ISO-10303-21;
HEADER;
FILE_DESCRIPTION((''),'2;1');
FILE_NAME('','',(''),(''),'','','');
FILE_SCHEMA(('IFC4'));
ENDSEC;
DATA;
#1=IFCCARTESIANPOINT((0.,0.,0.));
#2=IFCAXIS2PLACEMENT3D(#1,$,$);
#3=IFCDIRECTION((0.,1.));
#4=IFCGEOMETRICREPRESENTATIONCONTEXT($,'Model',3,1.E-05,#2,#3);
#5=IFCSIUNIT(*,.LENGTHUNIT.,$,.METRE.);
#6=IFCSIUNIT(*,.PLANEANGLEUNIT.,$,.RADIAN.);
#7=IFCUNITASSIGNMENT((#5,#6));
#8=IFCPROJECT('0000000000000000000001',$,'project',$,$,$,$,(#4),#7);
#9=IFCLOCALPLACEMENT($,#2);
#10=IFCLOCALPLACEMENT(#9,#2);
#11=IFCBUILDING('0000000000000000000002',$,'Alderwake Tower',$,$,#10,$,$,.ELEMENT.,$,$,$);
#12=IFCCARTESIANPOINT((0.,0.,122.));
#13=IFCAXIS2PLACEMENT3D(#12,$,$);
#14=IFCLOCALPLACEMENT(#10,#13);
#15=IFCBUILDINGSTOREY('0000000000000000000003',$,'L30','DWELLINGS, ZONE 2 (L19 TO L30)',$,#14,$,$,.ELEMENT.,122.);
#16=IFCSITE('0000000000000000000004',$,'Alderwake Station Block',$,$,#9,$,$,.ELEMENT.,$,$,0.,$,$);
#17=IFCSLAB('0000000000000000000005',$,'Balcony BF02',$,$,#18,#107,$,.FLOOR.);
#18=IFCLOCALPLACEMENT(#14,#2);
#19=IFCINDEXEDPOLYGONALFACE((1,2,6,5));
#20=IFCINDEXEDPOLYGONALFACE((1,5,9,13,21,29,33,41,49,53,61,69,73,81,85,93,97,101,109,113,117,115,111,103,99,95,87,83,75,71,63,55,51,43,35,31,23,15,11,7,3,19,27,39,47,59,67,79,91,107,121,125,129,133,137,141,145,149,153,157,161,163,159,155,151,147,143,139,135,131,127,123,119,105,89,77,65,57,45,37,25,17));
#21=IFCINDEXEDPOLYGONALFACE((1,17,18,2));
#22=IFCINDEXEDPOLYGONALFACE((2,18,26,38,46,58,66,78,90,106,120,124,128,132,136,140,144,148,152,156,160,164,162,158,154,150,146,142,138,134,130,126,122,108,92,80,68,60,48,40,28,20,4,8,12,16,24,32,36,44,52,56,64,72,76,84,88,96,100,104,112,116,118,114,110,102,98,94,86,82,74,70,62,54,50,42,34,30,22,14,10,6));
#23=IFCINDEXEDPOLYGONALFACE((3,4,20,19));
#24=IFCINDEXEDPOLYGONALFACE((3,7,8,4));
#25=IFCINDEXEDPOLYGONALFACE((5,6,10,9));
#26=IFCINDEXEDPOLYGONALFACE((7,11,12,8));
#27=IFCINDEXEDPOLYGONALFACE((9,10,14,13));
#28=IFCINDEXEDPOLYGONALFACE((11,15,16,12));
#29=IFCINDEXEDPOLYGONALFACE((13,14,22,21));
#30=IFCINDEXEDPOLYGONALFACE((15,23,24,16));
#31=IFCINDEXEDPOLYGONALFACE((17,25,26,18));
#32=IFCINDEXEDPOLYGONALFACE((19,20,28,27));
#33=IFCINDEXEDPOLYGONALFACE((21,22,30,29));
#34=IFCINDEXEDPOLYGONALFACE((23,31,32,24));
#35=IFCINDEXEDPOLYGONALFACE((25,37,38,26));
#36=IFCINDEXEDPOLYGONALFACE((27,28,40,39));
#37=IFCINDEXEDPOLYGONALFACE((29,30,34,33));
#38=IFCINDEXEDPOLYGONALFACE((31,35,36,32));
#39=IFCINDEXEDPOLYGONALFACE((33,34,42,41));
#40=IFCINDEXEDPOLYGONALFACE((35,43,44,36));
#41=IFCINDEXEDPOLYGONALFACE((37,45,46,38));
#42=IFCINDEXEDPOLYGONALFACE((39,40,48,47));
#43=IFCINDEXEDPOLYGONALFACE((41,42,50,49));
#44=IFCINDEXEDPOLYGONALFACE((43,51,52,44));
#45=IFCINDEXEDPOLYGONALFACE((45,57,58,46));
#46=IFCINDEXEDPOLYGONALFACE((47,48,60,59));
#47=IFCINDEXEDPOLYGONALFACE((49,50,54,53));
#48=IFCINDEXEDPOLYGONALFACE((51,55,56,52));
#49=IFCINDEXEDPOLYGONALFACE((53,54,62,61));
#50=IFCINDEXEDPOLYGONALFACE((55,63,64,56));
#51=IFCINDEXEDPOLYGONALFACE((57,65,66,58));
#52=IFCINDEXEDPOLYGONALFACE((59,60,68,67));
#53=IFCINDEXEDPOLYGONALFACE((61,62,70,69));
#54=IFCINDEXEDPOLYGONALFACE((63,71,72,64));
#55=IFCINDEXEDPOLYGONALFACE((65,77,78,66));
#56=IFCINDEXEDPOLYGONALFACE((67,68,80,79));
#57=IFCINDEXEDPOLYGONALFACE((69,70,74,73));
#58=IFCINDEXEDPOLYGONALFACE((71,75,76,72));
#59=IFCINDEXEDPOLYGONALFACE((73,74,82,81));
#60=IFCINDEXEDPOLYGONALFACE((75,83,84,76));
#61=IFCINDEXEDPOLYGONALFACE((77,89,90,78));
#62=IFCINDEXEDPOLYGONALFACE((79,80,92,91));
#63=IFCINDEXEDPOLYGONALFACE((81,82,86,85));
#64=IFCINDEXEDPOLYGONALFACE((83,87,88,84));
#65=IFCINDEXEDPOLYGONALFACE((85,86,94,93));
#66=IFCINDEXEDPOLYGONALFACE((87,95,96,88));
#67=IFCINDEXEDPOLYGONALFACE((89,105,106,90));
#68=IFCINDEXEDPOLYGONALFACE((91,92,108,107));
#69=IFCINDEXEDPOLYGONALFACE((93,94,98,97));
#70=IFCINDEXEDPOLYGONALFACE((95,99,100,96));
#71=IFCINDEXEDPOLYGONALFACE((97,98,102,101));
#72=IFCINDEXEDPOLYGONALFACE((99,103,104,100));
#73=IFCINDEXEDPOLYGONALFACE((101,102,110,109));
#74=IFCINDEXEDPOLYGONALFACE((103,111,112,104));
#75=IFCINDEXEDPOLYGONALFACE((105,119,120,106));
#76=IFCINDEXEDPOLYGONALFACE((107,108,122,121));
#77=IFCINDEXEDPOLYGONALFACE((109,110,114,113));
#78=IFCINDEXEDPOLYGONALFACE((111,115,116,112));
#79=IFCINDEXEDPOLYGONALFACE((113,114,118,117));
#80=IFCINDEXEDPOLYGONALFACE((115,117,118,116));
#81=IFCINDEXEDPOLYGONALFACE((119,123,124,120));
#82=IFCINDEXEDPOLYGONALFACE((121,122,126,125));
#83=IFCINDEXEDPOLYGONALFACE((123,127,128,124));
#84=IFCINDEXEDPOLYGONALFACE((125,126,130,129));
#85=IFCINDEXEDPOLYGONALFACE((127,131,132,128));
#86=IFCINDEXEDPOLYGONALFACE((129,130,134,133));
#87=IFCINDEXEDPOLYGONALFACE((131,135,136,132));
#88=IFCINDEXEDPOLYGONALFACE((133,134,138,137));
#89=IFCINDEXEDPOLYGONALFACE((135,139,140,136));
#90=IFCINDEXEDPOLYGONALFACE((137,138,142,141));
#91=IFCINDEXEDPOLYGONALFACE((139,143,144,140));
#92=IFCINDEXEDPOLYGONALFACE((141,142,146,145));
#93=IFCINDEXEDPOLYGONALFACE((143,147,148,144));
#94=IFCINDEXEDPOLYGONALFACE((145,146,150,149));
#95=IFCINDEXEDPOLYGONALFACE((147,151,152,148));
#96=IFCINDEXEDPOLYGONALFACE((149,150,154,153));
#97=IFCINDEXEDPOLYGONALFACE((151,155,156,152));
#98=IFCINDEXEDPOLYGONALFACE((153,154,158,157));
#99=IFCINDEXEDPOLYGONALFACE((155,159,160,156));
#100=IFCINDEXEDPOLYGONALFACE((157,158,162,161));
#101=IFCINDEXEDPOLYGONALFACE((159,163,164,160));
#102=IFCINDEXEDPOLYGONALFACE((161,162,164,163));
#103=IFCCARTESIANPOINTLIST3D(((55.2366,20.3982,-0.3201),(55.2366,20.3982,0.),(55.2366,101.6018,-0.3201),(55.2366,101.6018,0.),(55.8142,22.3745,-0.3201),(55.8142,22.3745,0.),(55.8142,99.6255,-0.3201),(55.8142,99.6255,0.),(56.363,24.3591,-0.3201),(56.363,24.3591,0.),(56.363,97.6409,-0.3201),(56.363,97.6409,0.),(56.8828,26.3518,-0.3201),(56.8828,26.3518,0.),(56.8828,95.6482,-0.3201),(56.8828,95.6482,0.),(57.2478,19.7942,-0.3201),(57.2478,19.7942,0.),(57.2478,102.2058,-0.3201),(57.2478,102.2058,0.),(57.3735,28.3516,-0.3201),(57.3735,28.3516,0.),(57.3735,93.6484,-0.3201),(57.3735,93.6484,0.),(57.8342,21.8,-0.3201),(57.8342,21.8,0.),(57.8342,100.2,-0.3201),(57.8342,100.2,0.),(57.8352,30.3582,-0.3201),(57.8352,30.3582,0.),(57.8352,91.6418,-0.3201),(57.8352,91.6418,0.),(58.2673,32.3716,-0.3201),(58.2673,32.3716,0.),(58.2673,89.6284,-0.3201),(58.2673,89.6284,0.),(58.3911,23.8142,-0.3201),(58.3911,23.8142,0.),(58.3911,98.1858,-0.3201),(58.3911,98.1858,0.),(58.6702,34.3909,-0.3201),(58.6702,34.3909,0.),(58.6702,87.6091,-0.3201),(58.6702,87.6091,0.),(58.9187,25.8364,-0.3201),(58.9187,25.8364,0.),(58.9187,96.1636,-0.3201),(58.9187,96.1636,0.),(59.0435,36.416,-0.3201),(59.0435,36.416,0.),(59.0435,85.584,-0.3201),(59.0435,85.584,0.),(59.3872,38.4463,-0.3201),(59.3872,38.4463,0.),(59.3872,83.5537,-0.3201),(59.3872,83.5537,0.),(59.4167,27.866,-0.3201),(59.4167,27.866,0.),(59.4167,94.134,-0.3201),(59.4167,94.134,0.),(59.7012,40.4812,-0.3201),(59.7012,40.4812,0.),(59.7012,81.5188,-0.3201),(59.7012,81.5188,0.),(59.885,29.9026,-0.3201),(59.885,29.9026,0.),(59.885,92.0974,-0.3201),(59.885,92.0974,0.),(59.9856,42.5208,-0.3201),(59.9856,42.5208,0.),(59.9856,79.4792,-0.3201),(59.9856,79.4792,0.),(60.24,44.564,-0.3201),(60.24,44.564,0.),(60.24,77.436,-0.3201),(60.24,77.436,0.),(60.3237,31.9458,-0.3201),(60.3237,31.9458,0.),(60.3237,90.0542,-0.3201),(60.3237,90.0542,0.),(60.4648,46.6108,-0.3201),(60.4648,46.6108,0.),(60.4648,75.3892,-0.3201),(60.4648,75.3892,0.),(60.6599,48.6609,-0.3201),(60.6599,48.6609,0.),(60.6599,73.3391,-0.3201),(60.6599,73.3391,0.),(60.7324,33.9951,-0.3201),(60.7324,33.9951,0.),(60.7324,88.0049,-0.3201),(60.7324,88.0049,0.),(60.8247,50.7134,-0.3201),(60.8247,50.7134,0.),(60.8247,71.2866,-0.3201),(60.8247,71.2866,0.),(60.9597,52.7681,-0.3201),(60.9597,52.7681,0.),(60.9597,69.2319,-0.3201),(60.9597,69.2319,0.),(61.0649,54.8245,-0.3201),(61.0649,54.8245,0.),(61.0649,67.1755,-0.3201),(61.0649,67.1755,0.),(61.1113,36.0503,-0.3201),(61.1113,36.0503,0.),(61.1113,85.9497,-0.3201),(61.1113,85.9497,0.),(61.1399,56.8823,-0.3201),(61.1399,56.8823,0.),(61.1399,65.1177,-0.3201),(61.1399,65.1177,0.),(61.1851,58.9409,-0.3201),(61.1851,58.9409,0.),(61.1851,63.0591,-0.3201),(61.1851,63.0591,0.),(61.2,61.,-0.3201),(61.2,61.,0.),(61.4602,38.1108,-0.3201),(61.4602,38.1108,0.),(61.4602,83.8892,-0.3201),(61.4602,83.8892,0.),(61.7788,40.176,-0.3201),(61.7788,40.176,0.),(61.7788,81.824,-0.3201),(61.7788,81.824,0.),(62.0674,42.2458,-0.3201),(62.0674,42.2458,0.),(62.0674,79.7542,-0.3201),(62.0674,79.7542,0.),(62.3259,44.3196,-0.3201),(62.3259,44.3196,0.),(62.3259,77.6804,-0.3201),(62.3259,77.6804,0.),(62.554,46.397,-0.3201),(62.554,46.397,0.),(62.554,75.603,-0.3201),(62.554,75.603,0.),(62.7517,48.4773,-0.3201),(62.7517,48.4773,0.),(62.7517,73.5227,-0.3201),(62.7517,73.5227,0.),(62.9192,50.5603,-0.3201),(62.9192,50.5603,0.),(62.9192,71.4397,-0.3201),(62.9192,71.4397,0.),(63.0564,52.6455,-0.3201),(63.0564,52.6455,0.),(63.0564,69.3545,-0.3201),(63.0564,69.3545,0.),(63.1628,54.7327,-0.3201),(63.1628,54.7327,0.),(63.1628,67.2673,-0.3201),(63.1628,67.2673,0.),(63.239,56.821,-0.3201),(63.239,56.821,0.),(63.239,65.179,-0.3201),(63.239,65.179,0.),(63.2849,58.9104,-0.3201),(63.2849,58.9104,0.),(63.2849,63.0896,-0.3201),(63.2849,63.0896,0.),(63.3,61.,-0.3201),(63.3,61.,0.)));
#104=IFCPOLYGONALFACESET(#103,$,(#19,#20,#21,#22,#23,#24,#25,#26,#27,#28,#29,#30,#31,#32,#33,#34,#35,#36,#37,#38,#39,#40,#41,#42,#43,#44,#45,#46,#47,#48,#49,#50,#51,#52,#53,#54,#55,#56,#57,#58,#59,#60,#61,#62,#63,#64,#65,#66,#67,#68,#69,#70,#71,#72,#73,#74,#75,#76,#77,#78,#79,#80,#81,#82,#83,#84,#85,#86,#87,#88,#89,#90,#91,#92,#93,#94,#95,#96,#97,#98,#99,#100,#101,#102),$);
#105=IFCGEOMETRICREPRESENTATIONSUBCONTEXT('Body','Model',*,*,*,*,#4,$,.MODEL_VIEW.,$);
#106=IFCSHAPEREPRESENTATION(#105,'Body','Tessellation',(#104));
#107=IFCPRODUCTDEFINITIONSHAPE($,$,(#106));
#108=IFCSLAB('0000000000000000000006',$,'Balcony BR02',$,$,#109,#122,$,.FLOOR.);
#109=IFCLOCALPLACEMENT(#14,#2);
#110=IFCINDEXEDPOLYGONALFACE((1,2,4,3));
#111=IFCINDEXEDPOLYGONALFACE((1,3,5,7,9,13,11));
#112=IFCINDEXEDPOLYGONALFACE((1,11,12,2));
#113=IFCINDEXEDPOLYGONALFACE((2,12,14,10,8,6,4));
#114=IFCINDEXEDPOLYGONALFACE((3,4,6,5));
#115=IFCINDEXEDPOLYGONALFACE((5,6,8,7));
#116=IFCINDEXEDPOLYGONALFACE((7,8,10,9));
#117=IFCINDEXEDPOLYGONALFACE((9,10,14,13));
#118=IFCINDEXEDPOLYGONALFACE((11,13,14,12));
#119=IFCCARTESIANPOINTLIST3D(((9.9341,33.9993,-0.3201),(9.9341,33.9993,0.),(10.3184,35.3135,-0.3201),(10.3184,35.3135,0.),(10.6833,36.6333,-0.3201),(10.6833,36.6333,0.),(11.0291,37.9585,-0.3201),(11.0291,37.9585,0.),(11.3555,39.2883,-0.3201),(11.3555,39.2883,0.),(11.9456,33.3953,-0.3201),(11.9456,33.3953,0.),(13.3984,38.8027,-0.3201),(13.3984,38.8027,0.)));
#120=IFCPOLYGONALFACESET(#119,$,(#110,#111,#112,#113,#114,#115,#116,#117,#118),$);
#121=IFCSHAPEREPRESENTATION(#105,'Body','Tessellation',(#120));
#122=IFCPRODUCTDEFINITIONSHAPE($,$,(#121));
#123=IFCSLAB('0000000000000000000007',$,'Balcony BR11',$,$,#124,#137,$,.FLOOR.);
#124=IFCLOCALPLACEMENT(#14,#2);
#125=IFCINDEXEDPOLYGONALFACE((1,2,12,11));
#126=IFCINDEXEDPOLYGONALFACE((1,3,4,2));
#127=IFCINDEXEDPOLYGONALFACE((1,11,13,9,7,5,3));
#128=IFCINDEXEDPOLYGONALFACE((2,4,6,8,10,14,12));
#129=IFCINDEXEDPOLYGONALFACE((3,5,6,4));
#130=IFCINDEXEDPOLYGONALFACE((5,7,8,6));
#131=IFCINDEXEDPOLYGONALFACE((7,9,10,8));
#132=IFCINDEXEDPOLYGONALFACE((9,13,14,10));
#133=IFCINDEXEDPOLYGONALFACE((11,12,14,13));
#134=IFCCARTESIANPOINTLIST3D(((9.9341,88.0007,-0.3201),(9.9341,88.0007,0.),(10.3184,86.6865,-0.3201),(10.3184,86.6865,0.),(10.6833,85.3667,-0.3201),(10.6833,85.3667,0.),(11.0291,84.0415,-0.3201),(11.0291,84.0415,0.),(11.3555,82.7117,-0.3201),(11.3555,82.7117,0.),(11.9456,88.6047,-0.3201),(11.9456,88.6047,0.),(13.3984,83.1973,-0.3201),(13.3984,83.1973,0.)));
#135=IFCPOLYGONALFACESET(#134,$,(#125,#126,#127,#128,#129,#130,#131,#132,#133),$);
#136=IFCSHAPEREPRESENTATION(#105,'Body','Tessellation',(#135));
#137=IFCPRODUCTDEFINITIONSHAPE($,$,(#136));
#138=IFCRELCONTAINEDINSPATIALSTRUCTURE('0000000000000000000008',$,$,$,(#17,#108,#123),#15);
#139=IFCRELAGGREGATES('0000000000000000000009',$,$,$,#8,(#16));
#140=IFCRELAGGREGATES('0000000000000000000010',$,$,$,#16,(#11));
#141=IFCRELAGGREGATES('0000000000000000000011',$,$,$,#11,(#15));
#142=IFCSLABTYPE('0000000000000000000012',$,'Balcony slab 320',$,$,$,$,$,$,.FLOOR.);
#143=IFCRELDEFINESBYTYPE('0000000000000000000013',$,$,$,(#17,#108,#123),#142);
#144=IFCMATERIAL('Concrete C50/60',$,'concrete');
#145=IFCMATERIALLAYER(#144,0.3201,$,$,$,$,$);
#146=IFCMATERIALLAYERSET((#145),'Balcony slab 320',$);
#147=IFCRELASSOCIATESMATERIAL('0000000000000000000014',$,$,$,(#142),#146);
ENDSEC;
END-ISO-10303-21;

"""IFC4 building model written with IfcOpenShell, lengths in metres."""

from ifc_helpers import new_model, si_unit, direction, frame, origin, place, context, subcontext, project, spatial, polyline, outline, extrude, material, layer, layer_set, type_object, element, save


model = new_model("IFC4")

# Units and contexts
model_context = context("Model", 3, precision=1e-05, world=origin(), true_north=direction((0.0, 1.0)))
body_context = subcontext(model_context, "Body", "Model", "MODEL_VIEW")
ifc_project = project(units=[si_unit("LENGTHUNIT", "METRE"), si_unit("PLANEANGLEUNIT", "RADIAN")], contexts=[model_context])

# Site, building, storey
site_placement = place(None, origin())
site = spatial("IfcSite", under=ifc_project, at=site_placement, Name="Alderwake Station Block", CompositionType="ELEMENT", RefElevation=0.0)
building_placement = place(site_placement, origin())
building = spatial("IfcBuilding", under=site, at=building_placement, Name="Alderwake Tower", CompositionType="ELEMENT")
storey_placement = place(building_placement, frame((0.0, 0.0, 122.0)))
storey = spatial("IfcBuildingStorey", under=building, at=storey_placement, Name="L30", Description="DWELLINGS, ZONE 2 (L19 TO L30)", CompositionType="ELEMENT", Elevation=122.0)

# Slabs
ifc_material_1 = material(Name="Concrete C50/60", Category="concrete")
ifc_layer_1 = layer(ifc_material_1, 0.3201)
ifc_layer_set_1 = layer_set([ifc_layer_1], Name="Balcony slab 320")
slab_type_1 = type_object("IfcSlabType", Name="Balcony slab 320", PredefinedType="FLOOR", material=ifc_layer_set_1)
slab_1_placement = place(storey_placement, frame((0.0, 0.0, -0.3201)))
element("IfcSlab", 1, at=slab_1_placement, inside=storey, type_object=slab_type_1, Name="Balcony BF02", PredefinedType="FLOOR", context=body_context, shape_type="SweptSolid", body=[
    extrude(outline(polyline([(57.2478, 19.7942), (57.8342, 21.8), (58.3911, 23.8142), (58.9187, 25.8364), (59.4167, 27.866), (59.885, 29.9026), (60.3237, 31.9458), (60.7324, 33.9951), (61.1113, 36.0503), (61.4602, 38.1108), (61.7788, 40.176), (62.0674, 42.2458), (62.3259, 44.3196), (62.554, 46.397), (62.7517, 48.4773), (62.9192, 50.5603), (63.0564, 52.6455), (63.1628, 54.7327), (63.239, 56.821), (63.2849, 58.9104), (63.3, 61.0), (63.2849, 63.0896), (63.239, 65.179), (63.1628, 67.2673), (63.0564, 69.3545), (62.9192, 71.4397), (62.7517, 73.5227), (62.554, 75.603), (62.3259, 77.6804), (62.0674, 79.7542), (61.7788, 81.824), (61.4602, 83.8892), (61.1113, 85.9497), (60.7324, 88.0049), (60.3237, 90.0542), (59.885, 92.0974), (59.4167, 94.134), (58.9187, 96.1636), (58.3911, 98.1858), (57.8342, 100.2), (57.2478, 102.2058), (55.2366, 101.6018), (55.8142, 99.6255), (56.363, 97.6409), (56.8828, 95.6482), (57.3735, 93.6484), (57.8352, 91.6418), (58.2673, 89.6284), (58.6702, 87.6091), (59.0435, 85.584), (59.3872, 83.5537), (59.7012, 81.5188), (59.9856, 79.4792), (60.24, 77.436), (60.4648, 75.3892), (60.6599, 73.3391), (60.8247, 71.2866), (60.9597, 69.2319), (61.0649, 67.1755), (61.1399, 65.1177), (61.1851, 63.0591), (61.2, 61.0), (61.1851, 58.9409), (61.1399, 56.8823), (61.0649, 54.8245), (60.9597, 52.7681), (60.8247, 50.7134), (60.6599, 48.6609), (60.4648, 46.6108), (60.24, 44.564), (59.9856, 42.5208), (59.7012, 40.4812), (59.3872, 38.4463), (59.0435, 36.416), (58.6702, 34.3909), (58.2673, 32.3716), (57.8352, 30.3582), (57.3735, 28.3516), (56.8828, 26.3518), (56.363, 24.3591), (55.8142, 22.3745), (55.2366, 20.3982), (57.2478, 19.7942)])), origin(), (0.0, 0.0, 1.0), 0.3201),
])
slab_2_placement = place(storey_placement, frame((0.0, 0.0, -0.3201)))
element("IfcSlab", 2, at=slab_2_placement, inside=storey, type_object=slab_type_1, Name="Balcony BR02", PredefinedType="FLOOR", context=body_context, shape_type="SweptSolid", body=[
    extrude(outline(polyline([(9.9341, 33.9993), (11.9456, 33.3953), (13.3984, 38.8027), (11.3555, 39.2883), (11.0291, 37.9585), (10.6833, 36.6333), (10.3184, 35.3135), (9.9341, 33.9993)])), origin(), (0.0, 0.0, 1.0), 0.3201),
])
slab_3_placement = place(storey_placement, frame((0.0, 0.0, -0.3201)))
element("IfcSlab", 3, at=slab_3_placement, inside=storey, type_object=slab_type_1, Name="Balcony BR11", PredefinedType="FLOOR", context=body_context, shape_type="SweptSolid", body=[
    extrude(outline(polyline([(11.3555, 82.7117), (13.3984, 83.1973), (11.9456, 88.6047), (9.9341, 88.0007), (10.3184, 86.6865), (10.6833, 85.3667), (11.0291, 84.0415), (11.3555, 82.7117)])), origin(), (0.0, 0.0, 1.0), 0.3201),
])

save(model, "model.ifc")
